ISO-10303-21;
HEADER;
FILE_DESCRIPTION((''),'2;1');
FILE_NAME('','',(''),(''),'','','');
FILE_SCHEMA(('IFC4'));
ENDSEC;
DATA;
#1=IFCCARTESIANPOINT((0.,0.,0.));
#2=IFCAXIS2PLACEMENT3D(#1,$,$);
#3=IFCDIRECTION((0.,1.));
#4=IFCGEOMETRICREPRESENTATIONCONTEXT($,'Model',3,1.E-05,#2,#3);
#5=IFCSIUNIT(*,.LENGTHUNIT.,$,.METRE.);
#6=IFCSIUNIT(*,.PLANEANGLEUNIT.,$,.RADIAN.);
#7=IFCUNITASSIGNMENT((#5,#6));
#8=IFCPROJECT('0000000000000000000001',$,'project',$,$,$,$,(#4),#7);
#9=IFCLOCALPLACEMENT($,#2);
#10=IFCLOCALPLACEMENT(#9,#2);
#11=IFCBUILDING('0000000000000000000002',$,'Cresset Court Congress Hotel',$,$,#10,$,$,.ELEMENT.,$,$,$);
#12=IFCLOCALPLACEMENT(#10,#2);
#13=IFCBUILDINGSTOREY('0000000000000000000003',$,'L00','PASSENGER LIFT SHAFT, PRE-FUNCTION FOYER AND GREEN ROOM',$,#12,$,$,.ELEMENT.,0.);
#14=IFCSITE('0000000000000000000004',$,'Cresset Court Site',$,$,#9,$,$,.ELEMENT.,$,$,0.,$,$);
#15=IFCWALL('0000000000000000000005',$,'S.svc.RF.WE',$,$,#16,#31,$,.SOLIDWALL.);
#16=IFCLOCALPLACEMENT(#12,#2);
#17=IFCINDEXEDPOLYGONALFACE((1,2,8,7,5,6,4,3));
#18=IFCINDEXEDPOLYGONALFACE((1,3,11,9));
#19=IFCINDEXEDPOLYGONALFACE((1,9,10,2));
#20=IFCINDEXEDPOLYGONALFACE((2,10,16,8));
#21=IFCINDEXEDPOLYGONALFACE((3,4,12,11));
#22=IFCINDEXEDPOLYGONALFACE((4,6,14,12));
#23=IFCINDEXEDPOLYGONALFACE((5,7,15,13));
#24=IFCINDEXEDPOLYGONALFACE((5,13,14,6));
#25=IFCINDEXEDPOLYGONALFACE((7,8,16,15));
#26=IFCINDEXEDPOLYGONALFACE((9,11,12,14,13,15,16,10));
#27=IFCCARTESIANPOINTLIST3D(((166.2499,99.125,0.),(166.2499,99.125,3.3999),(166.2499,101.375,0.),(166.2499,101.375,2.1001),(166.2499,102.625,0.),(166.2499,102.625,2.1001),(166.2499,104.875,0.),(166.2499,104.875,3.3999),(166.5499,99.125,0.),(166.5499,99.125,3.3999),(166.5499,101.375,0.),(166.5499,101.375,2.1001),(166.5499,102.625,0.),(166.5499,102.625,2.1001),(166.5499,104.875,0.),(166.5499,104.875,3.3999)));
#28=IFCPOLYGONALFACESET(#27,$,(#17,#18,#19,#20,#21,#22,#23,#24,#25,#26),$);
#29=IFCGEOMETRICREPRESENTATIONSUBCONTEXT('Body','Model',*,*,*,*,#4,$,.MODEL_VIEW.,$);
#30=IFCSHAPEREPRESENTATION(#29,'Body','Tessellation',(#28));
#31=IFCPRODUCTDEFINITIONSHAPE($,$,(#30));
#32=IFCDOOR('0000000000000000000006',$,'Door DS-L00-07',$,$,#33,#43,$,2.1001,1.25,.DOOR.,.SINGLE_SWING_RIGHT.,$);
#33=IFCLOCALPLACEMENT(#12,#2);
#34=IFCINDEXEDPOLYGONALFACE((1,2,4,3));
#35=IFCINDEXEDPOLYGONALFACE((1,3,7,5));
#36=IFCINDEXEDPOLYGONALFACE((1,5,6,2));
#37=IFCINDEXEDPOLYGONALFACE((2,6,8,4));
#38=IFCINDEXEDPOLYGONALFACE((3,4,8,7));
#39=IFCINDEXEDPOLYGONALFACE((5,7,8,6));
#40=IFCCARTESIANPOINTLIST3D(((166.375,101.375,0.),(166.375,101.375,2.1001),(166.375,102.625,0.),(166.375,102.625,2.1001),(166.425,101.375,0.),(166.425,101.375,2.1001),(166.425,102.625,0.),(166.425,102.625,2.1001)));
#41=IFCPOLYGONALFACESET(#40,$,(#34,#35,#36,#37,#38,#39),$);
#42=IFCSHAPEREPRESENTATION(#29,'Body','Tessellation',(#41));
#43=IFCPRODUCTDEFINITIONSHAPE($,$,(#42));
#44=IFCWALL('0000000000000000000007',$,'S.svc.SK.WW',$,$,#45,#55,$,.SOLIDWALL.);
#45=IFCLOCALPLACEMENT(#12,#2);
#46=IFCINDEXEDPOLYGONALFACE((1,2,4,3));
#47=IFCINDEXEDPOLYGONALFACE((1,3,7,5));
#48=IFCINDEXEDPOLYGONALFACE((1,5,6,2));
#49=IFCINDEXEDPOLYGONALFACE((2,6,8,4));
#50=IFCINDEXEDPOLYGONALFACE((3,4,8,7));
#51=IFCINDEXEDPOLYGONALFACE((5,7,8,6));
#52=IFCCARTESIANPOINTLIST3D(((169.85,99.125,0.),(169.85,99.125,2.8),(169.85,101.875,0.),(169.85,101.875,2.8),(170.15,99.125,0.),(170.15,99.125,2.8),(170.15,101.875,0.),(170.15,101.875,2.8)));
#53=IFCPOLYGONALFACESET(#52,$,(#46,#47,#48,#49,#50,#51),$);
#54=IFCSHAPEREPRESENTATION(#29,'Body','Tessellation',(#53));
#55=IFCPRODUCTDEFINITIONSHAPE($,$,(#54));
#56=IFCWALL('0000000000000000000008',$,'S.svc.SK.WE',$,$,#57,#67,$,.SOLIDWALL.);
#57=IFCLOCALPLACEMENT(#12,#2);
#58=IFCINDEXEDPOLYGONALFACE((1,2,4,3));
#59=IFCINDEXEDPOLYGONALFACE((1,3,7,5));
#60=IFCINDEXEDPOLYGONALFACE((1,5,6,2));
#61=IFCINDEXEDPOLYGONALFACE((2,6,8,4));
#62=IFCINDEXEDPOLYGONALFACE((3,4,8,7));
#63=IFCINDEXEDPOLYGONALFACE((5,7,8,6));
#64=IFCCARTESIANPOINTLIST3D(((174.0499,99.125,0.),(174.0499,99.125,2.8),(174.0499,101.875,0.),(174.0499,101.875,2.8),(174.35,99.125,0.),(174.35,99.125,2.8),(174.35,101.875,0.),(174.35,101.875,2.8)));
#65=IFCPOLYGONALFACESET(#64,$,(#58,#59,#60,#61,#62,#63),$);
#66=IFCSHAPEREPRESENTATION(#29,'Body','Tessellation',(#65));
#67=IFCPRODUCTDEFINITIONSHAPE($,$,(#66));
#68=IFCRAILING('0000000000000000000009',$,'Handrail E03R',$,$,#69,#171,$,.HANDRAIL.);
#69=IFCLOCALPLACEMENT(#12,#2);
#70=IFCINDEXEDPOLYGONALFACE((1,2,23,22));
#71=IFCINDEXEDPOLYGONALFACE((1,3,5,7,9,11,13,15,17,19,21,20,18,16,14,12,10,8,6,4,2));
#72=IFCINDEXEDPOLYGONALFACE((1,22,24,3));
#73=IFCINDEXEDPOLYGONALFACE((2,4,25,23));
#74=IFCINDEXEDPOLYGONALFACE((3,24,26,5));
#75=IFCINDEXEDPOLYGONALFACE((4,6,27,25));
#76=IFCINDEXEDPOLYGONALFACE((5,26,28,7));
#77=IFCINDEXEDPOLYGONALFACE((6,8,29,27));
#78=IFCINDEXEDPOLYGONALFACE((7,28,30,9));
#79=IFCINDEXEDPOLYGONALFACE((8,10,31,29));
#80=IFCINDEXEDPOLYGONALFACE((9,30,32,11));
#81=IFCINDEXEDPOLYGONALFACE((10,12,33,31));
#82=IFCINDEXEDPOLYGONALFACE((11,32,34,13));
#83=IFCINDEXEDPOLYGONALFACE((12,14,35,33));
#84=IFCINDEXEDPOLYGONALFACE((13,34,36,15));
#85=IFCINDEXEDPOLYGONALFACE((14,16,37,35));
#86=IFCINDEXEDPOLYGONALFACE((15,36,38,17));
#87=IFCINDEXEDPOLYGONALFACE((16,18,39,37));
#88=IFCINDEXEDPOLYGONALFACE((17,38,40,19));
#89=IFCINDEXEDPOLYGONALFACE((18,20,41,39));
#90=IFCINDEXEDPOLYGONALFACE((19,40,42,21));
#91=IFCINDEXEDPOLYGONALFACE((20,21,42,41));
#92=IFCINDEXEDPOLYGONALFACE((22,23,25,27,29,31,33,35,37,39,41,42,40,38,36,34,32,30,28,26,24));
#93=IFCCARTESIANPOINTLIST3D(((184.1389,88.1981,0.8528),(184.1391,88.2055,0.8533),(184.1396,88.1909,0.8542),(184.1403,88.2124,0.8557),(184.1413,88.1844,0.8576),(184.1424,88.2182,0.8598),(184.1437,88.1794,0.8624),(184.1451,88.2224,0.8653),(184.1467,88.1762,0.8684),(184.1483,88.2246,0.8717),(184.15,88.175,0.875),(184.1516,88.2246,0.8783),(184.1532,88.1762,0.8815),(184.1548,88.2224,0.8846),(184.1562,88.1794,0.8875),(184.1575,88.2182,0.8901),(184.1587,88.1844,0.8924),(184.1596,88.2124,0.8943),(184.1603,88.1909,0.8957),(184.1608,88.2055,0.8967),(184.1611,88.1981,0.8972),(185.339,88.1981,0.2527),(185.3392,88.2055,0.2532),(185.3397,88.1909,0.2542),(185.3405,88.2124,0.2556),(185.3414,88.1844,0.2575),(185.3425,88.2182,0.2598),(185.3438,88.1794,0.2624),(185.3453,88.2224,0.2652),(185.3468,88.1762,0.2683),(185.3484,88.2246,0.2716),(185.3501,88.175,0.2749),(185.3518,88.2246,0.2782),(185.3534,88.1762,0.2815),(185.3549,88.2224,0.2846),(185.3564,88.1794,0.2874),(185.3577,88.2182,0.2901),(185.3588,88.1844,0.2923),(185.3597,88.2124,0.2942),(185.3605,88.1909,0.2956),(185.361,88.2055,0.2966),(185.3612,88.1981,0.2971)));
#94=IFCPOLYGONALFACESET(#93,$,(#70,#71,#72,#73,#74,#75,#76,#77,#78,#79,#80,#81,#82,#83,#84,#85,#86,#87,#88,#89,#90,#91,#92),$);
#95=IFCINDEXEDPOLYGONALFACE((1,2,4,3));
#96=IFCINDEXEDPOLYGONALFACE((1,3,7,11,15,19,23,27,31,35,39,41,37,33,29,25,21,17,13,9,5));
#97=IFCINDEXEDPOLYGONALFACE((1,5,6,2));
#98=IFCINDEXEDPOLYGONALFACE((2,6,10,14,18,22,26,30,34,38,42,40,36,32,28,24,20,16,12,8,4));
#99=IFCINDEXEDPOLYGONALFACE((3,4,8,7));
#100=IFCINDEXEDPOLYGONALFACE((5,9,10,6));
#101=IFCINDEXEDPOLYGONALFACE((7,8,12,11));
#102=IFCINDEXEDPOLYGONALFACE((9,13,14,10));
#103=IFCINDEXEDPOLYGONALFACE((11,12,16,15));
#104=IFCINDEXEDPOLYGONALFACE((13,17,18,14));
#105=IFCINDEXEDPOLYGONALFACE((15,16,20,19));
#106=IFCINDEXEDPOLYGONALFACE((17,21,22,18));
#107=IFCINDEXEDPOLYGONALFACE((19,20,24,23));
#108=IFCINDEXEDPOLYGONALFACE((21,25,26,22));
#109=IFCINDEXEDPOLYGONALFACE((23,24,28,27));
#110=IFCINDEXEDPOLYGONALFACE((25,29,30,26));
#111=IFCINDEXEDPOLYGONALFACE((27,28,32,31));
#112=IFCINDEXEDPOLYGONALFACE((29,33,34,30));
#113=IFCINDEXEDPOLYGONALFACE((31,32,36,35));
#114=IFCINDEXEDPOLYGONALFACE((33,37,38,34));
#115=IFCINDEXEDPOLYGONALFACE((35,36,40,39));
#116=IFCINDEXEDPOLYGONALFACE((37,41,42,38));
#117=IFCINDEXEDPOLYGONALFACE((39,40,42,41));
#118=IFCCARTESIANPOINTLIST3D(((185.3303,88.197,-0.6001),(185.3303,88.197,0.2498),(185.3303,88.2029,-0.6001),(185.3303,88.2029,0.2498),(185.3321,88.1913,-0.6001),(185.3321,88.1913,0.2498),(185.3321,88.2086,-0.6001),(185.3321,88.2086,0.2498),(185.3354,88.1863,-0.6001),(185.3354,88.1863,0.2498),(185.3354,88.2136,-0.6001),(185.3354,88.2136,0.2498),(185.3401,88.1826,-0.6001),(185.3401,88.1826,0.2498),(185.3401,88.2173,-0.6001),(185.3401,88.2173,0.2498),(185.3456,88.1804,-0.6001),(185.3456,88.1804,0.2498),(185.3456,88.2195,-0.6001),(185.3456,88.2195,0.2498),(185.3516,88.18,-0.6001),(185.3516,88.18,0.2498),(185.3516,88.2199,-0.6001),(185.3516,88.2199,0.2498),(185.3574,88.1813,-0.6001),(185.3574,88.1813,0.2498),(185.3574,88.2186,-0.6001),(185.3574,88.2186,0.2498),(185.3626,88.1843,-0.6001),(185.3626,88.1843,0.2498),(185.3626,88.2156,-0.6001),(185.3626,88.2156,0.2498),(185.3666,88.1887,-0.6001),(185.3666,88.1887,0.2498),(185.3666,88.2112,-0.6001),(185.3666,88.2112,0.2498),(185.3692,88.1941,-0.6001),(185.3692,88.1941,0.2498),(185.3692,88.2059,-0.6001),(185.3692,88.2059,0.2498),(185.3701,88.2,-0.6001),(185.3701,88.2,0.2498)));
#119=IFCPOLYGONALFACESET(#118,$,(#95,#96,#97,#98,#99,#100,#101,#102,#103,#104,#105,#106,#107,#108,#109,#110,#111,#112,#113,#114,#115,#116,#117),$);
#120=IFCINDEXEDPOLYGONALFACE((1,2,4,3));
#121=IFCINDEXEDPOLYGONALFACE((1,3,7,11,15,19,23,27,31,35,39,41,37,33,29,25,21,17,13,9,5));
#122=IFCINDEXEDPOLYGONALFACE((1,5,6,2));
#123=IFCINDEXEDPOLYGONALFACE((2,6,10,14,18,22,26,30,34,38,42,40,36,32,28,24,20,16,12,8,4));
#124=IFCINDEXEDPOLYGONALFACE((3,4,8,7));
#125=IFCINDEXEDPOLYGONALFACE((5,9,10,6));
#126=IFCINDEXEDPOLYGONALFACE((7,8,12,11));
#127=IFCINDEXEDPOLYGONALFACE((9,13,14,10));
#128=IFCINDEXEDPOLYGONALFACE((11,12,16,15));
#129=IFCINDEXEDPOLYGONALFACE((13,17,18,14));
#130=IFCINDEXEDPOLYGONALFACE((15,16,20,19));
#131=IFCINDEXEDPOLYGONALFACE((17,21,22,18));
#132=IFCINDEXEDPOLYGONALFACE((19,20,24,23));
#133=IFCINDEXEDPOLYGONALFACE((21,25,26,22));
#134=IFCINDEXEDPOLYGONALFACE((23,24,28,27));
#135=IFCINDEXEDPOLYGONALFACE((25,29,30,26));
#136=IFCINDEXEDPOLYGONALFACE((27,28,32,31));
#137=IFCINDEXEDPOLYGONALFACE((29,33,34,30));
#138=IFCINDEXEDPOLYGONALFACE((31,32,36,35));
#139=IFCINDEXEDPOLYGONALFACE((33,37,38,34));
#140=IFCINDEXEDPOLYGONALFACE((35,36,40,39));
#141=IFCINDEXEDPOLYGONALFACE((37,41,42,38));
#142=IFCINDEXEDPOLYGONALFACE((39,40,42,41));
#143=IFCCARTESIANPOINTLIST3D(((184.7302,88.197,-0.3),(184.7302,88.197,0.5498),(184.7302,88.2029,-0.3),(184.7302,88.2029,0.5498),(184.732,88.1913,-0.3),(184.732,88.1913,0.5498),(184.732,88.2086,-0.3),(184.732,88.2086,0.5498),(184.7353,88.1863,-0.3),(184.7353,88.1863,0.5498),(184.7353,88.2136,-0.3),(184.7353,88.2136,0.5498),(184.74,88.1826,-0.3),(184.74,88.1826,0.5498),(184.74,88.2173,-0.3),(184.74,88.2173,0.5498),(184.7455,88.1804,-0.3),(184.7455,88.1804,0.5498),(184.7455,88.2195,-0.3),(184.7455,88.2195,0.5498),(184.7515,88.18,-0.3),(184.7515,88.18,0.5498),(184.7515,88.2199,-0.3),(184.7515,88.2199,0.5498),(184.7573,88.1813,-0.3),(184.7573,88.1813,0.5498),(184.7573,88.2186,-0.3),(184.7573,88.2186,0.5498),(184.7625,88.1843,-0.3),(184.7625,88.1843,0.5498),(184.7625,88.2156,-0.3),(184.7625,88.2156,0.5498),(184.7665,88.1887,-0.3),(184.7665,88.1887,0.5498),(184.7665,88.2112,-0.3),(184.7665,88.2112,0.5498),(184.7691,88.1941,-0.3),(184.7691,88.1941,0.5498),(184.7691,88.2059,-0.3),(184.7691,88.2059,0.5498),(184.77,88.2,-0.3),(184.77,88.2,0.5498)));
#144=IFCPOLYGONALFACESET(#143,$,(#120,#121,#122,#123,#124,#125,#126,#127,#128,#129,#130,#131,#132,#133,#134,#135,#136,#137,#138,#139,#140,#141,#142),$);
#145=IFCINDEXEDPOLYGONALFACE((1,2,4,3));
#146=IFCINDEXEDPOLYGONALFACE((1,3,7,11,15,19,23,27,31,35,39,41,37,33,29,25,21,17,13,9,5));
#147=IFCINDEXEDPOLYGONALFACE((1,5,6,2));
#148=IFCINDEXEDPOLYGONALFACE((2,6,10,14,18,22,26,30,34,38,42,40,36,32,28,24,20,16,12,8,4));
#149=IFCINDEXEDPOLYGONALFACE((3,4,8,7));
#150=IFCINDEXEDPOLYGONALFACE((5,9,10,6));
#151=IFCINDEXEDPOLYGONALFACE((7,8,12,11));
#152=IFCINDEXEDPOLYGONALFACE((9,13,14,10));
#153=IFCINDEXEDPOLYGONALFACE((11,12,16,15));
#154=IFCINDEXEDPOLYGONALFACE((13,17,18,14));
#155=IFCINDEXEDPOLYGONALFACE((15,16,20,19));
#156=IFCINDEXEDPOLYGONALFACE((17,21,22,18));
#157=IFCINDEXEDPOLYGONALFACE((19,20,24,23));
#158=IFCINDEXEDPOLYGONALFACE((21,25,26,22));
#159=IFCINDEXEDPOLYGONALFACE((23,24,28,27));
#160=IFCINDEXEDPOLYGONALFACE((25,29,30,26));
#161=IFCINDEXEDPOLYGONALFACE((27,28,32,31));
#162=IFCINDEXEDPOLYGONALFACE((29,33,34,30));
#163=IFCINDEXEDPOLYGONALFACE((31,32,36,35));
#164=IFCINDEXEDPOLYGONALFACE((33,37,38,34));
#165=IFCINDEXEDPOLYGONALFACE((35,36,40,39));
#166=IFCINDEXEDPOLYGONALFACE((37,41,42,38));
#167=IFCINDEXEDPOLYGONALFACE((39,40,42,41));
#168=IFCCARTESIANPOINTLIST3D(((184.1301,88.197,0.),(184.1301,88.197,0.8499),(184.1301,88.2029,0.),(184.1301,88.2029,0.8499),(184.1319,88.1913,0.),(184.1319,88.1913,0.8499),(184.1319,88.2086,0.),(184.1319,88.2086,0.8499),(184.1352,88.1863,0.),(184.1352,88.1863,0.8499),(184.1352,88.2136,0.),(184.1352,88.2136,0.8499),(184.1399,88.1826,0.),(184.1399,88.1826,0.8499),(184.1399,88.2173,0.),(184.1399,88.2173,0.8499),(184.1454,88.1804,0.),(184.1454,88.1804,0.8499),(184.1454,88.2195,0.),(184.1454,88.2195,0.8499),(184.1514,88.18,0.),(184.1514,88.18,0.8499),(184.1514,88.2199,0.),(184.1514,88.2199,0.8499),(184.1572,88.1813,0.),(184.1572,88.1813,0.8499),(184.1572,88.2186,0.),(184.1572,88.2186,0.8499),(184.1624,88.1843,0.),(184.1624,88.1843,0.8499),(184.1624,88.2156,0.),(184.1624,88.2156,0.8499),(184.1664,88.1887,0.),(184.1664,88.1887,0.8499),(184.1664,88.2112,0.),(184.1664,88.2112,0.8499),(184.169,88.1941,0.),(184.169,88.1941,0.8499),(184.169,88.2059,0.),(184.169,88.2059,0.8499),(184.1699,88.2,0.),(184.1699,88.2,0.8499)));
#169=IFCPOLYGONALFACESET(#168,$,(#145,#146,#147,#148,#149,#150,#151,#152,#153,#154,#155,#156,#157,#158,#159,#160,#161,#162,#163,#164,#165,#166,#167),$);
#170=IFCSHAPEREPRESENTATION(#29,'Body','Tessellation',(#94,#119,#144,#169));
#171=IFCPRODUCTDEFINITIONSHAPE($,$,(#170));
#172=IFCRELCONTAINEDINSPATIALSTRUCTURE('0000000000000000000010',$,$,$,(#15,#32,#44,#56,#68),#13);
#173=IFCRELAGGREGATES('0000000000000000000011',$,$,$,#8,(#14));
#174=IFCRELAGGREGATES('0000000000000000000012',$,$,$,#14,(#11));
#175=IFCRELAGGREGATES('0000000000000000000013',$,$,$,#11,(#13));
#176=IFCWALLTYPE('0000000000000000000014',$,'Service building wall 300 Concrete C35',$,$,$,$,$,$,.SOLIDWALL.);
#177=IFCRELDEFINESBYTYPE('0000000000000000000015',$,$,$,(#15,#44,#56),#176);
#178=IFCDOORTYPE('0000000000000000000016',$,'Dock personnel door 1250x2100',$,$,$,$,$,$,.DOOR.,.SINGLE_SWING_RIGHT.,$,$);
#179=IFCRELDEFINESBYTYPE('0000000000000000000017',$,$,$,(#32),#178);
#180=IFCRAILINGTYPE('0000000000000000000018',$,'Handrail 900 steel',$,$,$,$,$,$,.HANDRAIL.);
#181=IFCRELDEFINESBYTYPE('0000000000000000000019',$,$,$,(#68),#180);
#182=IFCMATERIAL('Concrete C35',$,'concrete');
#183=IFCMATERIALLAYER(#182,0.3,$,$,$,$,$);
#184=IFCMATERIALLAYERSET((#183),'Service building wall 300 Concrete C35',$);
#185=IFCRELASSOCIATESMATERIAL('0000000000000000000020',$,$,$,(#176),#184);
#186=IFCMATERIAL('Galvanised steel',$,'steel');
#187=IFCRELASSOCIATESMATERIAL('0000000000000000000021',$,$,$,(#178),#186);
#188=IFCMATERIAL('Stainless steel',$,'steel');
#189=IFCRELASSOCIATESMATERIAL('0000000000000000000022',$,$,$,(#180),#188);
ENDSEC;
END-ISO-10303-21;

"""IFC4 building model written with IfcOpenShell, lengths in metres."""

from ifc_helpers import new_model, si_unit, direction, frame, frame_2d, origin, origin_2d, place, context, subcontext, project, spatial, rectangle, circle, extrude, material, layer, layer_set, type_object, element, fill, save


model = new_model("IFC4")

# Units and contexts
model_context = context("Model", 3, precision=1e-05, world=origin(), true_north=direction((0.0, 1.0)))
body_context = subcontext(model_context, "Body", "Model", "MODEL_VIEW")
ifc_project = project(units=[si_unit("LENGTHUNIT", "METRE"), si_unit("PLANEANGLEUNIT", "RADIAN")], contexts=[model_context])

# Site, building, storey
site_placement = place(None, origin())
site = spatial("IfcSite", under=ifc_project, at=site_placement, Name="Cresset Court Site", CompositionType="ELEMENT", RefElevation=0.0)
building_placement = place(site_placement, origin())
building = spatial("IfcBuilding", under=site, at=building_placement, Name="Cresset Court Congress Hotel", CompositionType="ELEMENT")
storey_placement = place(building_placement, origin())
storey = spatial("IfcBuildingStorey", under=building, at=storey_placement, Name="L00", Description="PASSENGER LIFT SHAFT, PRE-FUNCTION FOYER AND GREEN ROOM", CompositionType="ELEMENT", Elevation=0.0)

# Shared definitions
ifc_material_1 = material(Name="Concrete C35", Category="concrete")
ifc_layer_1 = layer(ifc_material_1, 0.3)
ifc_layer_set_1 = layer_set([ifc_layer_1], Name="Service building wall 300 Concrete C35")
wall_type_1 = type_object("IfcWallType", Name="Service building wall 300 Concrete C35", PredefinedType="SOLIDWALL", material=ifc_layer_set_1)

# Wall, opening, door
wall_1_placement = place(storey_placement, frame((166.3999, 99.125, 0.0), z_axis=(0.0, 0.0, 1.0), x_axis=(0.0, 1.0, 0.0)))
wall_1 = element("IfcWall", 1, at=wall_1_placement, inside=storey, type_object=wall_type_1, Name="S.svc.RF.WE", PredefinedType="SOLIDWALL", context=body_context, shape_type="SweptSolid", body=[
    extrude(rectangle(XDim=5.75, YDim=0.3, at=frame_2d((2.875, 0.0))), origin(), (0.0, 0.0, 1.0), 3.3999),
])
opening_1_placement = place(wall_1_placement, frame((2.25, 0.0, 0.0)))
opening_1 = element("IfcOpeningElement", 2, at=opening_1_placement, cuts=wall_1, PredefinedType="OPENING", context=body_context, shape_type="SweptSolid", body=[
    extrude(rectangle(XDim=1.25, YDim=2.1001, at=frame_2d((0.625, 1.05))), frame((0.0, 0.1599, 0.0), z_axis=(0.0, -1.0, 0.0), x_axis=(1.0, 0.0, 0.0)), (0.0, 0.0, 1.0), 0.3201),
])
ifc_material_2 = material(Name="Galvanised steel", Category="steel")
door_type_1 = type_object("IfcDoorType", Name="Dock personnel door 1250x2100", OperationType="SINGLE_SWING_RIGHT", PredefinedType="DOOR", material=ifc_material_2)
door_1_placement = place(opening_1_placement, origin())
door_1 = element("IfcDoor", 3, at=door_1_placement, inside=storey, type_object=door_type_1, Name="Door DS-L00-07", OperationType="SINGLE_SWING_RIGHT", OverallHeight=2.1001, OverallWidth=1.25, PredefinedType="DOOR", context=body_context, shape_type="SweptSolid", body=[
    extrude(rectangle(XDim=1.25, YDim=2.1001, at=frame_2d((0.625, 1.05))), frame((0.0, 0.0249, 0.0), z_axis=(0.0, -1.0, 0.0), x_axis=(1.0, 0.0, 0.0)), (0.0, 0.0, 1.0), 0.05),
])
fill(opening_1, door_1)

# Walls
for number, where, z_axis, x_axis, name in (
    (4, (170.0, 99.125, 0.0), (0.0, 0.0, 1.0), (0.0, 1.0, 0.0), "S.svc.SK.WW"),
    (5, (174.2, 99.125, 0.0), (0.0, 0.0, 1.0), (0.0, 1.0, 0.0), "S.svc.SK.WE"),
):
    element("IfcWall", number, at=place(storey_placement, frame(where, z_axis=z_axis, x_axis=x_axis)), inside=storey, type_object=wall_type_1, Name=name, PredefinedType="SOLIDWALL", context=body_context, shape_type="SweptSolid", body=[
        extrude(rectangle(XDim=2.75, YDim=0.3, at=frame_2d((1.375, 0.0))), origin(), (0.0, 0.0, 1.0), 2.8),
    ])

# Railing
ifc_material_3 = material(Name="Stainless steel", Category="steel")
railing_type = type_object("IfcRailingType", Name="Handrail 900 steel", PredefinedType="HANDRAIL", material=ifc_material_3)
railing_placement = place(storey_placement, frame((185.3501, 88.2, -0.6001)))
element("IfcRailing", 6, at=railing_placement, inside=storey, type_object=railing_type, Name="Handrail E03R", PredefinedType="HANDRAIL", context=body_context, shape_type="SweptSolid", body=[
    extrude(circle(Radius=0.0249, at=origin_2d()), frame((0.0, 0.0, 0.875), z_axis=(-0.894427, 0.0, 0.447214), x_axis=(0.0, -1.0, 0.0)), (0.0, 0.0, 1.0), 1.3418),
    extrude(circle(Radius=0.02, at=origin_2d()), origin(), (0.0, 0.0, 1.0), 0.8499),
    extrude(circle(Radius=0.02, at=origin_2d()), frame((-0.6001, 0.0, 0.3)), (0.0, 0.0, 1.0), 0.8499),
    extrude(circle(Radius=0.02, at=origin_2d()), frame((-1.2002, 0.0, 0.6001)), (0.0, 0.0, 1.0), 0.8499),
])

save(model, "model.ifc")
